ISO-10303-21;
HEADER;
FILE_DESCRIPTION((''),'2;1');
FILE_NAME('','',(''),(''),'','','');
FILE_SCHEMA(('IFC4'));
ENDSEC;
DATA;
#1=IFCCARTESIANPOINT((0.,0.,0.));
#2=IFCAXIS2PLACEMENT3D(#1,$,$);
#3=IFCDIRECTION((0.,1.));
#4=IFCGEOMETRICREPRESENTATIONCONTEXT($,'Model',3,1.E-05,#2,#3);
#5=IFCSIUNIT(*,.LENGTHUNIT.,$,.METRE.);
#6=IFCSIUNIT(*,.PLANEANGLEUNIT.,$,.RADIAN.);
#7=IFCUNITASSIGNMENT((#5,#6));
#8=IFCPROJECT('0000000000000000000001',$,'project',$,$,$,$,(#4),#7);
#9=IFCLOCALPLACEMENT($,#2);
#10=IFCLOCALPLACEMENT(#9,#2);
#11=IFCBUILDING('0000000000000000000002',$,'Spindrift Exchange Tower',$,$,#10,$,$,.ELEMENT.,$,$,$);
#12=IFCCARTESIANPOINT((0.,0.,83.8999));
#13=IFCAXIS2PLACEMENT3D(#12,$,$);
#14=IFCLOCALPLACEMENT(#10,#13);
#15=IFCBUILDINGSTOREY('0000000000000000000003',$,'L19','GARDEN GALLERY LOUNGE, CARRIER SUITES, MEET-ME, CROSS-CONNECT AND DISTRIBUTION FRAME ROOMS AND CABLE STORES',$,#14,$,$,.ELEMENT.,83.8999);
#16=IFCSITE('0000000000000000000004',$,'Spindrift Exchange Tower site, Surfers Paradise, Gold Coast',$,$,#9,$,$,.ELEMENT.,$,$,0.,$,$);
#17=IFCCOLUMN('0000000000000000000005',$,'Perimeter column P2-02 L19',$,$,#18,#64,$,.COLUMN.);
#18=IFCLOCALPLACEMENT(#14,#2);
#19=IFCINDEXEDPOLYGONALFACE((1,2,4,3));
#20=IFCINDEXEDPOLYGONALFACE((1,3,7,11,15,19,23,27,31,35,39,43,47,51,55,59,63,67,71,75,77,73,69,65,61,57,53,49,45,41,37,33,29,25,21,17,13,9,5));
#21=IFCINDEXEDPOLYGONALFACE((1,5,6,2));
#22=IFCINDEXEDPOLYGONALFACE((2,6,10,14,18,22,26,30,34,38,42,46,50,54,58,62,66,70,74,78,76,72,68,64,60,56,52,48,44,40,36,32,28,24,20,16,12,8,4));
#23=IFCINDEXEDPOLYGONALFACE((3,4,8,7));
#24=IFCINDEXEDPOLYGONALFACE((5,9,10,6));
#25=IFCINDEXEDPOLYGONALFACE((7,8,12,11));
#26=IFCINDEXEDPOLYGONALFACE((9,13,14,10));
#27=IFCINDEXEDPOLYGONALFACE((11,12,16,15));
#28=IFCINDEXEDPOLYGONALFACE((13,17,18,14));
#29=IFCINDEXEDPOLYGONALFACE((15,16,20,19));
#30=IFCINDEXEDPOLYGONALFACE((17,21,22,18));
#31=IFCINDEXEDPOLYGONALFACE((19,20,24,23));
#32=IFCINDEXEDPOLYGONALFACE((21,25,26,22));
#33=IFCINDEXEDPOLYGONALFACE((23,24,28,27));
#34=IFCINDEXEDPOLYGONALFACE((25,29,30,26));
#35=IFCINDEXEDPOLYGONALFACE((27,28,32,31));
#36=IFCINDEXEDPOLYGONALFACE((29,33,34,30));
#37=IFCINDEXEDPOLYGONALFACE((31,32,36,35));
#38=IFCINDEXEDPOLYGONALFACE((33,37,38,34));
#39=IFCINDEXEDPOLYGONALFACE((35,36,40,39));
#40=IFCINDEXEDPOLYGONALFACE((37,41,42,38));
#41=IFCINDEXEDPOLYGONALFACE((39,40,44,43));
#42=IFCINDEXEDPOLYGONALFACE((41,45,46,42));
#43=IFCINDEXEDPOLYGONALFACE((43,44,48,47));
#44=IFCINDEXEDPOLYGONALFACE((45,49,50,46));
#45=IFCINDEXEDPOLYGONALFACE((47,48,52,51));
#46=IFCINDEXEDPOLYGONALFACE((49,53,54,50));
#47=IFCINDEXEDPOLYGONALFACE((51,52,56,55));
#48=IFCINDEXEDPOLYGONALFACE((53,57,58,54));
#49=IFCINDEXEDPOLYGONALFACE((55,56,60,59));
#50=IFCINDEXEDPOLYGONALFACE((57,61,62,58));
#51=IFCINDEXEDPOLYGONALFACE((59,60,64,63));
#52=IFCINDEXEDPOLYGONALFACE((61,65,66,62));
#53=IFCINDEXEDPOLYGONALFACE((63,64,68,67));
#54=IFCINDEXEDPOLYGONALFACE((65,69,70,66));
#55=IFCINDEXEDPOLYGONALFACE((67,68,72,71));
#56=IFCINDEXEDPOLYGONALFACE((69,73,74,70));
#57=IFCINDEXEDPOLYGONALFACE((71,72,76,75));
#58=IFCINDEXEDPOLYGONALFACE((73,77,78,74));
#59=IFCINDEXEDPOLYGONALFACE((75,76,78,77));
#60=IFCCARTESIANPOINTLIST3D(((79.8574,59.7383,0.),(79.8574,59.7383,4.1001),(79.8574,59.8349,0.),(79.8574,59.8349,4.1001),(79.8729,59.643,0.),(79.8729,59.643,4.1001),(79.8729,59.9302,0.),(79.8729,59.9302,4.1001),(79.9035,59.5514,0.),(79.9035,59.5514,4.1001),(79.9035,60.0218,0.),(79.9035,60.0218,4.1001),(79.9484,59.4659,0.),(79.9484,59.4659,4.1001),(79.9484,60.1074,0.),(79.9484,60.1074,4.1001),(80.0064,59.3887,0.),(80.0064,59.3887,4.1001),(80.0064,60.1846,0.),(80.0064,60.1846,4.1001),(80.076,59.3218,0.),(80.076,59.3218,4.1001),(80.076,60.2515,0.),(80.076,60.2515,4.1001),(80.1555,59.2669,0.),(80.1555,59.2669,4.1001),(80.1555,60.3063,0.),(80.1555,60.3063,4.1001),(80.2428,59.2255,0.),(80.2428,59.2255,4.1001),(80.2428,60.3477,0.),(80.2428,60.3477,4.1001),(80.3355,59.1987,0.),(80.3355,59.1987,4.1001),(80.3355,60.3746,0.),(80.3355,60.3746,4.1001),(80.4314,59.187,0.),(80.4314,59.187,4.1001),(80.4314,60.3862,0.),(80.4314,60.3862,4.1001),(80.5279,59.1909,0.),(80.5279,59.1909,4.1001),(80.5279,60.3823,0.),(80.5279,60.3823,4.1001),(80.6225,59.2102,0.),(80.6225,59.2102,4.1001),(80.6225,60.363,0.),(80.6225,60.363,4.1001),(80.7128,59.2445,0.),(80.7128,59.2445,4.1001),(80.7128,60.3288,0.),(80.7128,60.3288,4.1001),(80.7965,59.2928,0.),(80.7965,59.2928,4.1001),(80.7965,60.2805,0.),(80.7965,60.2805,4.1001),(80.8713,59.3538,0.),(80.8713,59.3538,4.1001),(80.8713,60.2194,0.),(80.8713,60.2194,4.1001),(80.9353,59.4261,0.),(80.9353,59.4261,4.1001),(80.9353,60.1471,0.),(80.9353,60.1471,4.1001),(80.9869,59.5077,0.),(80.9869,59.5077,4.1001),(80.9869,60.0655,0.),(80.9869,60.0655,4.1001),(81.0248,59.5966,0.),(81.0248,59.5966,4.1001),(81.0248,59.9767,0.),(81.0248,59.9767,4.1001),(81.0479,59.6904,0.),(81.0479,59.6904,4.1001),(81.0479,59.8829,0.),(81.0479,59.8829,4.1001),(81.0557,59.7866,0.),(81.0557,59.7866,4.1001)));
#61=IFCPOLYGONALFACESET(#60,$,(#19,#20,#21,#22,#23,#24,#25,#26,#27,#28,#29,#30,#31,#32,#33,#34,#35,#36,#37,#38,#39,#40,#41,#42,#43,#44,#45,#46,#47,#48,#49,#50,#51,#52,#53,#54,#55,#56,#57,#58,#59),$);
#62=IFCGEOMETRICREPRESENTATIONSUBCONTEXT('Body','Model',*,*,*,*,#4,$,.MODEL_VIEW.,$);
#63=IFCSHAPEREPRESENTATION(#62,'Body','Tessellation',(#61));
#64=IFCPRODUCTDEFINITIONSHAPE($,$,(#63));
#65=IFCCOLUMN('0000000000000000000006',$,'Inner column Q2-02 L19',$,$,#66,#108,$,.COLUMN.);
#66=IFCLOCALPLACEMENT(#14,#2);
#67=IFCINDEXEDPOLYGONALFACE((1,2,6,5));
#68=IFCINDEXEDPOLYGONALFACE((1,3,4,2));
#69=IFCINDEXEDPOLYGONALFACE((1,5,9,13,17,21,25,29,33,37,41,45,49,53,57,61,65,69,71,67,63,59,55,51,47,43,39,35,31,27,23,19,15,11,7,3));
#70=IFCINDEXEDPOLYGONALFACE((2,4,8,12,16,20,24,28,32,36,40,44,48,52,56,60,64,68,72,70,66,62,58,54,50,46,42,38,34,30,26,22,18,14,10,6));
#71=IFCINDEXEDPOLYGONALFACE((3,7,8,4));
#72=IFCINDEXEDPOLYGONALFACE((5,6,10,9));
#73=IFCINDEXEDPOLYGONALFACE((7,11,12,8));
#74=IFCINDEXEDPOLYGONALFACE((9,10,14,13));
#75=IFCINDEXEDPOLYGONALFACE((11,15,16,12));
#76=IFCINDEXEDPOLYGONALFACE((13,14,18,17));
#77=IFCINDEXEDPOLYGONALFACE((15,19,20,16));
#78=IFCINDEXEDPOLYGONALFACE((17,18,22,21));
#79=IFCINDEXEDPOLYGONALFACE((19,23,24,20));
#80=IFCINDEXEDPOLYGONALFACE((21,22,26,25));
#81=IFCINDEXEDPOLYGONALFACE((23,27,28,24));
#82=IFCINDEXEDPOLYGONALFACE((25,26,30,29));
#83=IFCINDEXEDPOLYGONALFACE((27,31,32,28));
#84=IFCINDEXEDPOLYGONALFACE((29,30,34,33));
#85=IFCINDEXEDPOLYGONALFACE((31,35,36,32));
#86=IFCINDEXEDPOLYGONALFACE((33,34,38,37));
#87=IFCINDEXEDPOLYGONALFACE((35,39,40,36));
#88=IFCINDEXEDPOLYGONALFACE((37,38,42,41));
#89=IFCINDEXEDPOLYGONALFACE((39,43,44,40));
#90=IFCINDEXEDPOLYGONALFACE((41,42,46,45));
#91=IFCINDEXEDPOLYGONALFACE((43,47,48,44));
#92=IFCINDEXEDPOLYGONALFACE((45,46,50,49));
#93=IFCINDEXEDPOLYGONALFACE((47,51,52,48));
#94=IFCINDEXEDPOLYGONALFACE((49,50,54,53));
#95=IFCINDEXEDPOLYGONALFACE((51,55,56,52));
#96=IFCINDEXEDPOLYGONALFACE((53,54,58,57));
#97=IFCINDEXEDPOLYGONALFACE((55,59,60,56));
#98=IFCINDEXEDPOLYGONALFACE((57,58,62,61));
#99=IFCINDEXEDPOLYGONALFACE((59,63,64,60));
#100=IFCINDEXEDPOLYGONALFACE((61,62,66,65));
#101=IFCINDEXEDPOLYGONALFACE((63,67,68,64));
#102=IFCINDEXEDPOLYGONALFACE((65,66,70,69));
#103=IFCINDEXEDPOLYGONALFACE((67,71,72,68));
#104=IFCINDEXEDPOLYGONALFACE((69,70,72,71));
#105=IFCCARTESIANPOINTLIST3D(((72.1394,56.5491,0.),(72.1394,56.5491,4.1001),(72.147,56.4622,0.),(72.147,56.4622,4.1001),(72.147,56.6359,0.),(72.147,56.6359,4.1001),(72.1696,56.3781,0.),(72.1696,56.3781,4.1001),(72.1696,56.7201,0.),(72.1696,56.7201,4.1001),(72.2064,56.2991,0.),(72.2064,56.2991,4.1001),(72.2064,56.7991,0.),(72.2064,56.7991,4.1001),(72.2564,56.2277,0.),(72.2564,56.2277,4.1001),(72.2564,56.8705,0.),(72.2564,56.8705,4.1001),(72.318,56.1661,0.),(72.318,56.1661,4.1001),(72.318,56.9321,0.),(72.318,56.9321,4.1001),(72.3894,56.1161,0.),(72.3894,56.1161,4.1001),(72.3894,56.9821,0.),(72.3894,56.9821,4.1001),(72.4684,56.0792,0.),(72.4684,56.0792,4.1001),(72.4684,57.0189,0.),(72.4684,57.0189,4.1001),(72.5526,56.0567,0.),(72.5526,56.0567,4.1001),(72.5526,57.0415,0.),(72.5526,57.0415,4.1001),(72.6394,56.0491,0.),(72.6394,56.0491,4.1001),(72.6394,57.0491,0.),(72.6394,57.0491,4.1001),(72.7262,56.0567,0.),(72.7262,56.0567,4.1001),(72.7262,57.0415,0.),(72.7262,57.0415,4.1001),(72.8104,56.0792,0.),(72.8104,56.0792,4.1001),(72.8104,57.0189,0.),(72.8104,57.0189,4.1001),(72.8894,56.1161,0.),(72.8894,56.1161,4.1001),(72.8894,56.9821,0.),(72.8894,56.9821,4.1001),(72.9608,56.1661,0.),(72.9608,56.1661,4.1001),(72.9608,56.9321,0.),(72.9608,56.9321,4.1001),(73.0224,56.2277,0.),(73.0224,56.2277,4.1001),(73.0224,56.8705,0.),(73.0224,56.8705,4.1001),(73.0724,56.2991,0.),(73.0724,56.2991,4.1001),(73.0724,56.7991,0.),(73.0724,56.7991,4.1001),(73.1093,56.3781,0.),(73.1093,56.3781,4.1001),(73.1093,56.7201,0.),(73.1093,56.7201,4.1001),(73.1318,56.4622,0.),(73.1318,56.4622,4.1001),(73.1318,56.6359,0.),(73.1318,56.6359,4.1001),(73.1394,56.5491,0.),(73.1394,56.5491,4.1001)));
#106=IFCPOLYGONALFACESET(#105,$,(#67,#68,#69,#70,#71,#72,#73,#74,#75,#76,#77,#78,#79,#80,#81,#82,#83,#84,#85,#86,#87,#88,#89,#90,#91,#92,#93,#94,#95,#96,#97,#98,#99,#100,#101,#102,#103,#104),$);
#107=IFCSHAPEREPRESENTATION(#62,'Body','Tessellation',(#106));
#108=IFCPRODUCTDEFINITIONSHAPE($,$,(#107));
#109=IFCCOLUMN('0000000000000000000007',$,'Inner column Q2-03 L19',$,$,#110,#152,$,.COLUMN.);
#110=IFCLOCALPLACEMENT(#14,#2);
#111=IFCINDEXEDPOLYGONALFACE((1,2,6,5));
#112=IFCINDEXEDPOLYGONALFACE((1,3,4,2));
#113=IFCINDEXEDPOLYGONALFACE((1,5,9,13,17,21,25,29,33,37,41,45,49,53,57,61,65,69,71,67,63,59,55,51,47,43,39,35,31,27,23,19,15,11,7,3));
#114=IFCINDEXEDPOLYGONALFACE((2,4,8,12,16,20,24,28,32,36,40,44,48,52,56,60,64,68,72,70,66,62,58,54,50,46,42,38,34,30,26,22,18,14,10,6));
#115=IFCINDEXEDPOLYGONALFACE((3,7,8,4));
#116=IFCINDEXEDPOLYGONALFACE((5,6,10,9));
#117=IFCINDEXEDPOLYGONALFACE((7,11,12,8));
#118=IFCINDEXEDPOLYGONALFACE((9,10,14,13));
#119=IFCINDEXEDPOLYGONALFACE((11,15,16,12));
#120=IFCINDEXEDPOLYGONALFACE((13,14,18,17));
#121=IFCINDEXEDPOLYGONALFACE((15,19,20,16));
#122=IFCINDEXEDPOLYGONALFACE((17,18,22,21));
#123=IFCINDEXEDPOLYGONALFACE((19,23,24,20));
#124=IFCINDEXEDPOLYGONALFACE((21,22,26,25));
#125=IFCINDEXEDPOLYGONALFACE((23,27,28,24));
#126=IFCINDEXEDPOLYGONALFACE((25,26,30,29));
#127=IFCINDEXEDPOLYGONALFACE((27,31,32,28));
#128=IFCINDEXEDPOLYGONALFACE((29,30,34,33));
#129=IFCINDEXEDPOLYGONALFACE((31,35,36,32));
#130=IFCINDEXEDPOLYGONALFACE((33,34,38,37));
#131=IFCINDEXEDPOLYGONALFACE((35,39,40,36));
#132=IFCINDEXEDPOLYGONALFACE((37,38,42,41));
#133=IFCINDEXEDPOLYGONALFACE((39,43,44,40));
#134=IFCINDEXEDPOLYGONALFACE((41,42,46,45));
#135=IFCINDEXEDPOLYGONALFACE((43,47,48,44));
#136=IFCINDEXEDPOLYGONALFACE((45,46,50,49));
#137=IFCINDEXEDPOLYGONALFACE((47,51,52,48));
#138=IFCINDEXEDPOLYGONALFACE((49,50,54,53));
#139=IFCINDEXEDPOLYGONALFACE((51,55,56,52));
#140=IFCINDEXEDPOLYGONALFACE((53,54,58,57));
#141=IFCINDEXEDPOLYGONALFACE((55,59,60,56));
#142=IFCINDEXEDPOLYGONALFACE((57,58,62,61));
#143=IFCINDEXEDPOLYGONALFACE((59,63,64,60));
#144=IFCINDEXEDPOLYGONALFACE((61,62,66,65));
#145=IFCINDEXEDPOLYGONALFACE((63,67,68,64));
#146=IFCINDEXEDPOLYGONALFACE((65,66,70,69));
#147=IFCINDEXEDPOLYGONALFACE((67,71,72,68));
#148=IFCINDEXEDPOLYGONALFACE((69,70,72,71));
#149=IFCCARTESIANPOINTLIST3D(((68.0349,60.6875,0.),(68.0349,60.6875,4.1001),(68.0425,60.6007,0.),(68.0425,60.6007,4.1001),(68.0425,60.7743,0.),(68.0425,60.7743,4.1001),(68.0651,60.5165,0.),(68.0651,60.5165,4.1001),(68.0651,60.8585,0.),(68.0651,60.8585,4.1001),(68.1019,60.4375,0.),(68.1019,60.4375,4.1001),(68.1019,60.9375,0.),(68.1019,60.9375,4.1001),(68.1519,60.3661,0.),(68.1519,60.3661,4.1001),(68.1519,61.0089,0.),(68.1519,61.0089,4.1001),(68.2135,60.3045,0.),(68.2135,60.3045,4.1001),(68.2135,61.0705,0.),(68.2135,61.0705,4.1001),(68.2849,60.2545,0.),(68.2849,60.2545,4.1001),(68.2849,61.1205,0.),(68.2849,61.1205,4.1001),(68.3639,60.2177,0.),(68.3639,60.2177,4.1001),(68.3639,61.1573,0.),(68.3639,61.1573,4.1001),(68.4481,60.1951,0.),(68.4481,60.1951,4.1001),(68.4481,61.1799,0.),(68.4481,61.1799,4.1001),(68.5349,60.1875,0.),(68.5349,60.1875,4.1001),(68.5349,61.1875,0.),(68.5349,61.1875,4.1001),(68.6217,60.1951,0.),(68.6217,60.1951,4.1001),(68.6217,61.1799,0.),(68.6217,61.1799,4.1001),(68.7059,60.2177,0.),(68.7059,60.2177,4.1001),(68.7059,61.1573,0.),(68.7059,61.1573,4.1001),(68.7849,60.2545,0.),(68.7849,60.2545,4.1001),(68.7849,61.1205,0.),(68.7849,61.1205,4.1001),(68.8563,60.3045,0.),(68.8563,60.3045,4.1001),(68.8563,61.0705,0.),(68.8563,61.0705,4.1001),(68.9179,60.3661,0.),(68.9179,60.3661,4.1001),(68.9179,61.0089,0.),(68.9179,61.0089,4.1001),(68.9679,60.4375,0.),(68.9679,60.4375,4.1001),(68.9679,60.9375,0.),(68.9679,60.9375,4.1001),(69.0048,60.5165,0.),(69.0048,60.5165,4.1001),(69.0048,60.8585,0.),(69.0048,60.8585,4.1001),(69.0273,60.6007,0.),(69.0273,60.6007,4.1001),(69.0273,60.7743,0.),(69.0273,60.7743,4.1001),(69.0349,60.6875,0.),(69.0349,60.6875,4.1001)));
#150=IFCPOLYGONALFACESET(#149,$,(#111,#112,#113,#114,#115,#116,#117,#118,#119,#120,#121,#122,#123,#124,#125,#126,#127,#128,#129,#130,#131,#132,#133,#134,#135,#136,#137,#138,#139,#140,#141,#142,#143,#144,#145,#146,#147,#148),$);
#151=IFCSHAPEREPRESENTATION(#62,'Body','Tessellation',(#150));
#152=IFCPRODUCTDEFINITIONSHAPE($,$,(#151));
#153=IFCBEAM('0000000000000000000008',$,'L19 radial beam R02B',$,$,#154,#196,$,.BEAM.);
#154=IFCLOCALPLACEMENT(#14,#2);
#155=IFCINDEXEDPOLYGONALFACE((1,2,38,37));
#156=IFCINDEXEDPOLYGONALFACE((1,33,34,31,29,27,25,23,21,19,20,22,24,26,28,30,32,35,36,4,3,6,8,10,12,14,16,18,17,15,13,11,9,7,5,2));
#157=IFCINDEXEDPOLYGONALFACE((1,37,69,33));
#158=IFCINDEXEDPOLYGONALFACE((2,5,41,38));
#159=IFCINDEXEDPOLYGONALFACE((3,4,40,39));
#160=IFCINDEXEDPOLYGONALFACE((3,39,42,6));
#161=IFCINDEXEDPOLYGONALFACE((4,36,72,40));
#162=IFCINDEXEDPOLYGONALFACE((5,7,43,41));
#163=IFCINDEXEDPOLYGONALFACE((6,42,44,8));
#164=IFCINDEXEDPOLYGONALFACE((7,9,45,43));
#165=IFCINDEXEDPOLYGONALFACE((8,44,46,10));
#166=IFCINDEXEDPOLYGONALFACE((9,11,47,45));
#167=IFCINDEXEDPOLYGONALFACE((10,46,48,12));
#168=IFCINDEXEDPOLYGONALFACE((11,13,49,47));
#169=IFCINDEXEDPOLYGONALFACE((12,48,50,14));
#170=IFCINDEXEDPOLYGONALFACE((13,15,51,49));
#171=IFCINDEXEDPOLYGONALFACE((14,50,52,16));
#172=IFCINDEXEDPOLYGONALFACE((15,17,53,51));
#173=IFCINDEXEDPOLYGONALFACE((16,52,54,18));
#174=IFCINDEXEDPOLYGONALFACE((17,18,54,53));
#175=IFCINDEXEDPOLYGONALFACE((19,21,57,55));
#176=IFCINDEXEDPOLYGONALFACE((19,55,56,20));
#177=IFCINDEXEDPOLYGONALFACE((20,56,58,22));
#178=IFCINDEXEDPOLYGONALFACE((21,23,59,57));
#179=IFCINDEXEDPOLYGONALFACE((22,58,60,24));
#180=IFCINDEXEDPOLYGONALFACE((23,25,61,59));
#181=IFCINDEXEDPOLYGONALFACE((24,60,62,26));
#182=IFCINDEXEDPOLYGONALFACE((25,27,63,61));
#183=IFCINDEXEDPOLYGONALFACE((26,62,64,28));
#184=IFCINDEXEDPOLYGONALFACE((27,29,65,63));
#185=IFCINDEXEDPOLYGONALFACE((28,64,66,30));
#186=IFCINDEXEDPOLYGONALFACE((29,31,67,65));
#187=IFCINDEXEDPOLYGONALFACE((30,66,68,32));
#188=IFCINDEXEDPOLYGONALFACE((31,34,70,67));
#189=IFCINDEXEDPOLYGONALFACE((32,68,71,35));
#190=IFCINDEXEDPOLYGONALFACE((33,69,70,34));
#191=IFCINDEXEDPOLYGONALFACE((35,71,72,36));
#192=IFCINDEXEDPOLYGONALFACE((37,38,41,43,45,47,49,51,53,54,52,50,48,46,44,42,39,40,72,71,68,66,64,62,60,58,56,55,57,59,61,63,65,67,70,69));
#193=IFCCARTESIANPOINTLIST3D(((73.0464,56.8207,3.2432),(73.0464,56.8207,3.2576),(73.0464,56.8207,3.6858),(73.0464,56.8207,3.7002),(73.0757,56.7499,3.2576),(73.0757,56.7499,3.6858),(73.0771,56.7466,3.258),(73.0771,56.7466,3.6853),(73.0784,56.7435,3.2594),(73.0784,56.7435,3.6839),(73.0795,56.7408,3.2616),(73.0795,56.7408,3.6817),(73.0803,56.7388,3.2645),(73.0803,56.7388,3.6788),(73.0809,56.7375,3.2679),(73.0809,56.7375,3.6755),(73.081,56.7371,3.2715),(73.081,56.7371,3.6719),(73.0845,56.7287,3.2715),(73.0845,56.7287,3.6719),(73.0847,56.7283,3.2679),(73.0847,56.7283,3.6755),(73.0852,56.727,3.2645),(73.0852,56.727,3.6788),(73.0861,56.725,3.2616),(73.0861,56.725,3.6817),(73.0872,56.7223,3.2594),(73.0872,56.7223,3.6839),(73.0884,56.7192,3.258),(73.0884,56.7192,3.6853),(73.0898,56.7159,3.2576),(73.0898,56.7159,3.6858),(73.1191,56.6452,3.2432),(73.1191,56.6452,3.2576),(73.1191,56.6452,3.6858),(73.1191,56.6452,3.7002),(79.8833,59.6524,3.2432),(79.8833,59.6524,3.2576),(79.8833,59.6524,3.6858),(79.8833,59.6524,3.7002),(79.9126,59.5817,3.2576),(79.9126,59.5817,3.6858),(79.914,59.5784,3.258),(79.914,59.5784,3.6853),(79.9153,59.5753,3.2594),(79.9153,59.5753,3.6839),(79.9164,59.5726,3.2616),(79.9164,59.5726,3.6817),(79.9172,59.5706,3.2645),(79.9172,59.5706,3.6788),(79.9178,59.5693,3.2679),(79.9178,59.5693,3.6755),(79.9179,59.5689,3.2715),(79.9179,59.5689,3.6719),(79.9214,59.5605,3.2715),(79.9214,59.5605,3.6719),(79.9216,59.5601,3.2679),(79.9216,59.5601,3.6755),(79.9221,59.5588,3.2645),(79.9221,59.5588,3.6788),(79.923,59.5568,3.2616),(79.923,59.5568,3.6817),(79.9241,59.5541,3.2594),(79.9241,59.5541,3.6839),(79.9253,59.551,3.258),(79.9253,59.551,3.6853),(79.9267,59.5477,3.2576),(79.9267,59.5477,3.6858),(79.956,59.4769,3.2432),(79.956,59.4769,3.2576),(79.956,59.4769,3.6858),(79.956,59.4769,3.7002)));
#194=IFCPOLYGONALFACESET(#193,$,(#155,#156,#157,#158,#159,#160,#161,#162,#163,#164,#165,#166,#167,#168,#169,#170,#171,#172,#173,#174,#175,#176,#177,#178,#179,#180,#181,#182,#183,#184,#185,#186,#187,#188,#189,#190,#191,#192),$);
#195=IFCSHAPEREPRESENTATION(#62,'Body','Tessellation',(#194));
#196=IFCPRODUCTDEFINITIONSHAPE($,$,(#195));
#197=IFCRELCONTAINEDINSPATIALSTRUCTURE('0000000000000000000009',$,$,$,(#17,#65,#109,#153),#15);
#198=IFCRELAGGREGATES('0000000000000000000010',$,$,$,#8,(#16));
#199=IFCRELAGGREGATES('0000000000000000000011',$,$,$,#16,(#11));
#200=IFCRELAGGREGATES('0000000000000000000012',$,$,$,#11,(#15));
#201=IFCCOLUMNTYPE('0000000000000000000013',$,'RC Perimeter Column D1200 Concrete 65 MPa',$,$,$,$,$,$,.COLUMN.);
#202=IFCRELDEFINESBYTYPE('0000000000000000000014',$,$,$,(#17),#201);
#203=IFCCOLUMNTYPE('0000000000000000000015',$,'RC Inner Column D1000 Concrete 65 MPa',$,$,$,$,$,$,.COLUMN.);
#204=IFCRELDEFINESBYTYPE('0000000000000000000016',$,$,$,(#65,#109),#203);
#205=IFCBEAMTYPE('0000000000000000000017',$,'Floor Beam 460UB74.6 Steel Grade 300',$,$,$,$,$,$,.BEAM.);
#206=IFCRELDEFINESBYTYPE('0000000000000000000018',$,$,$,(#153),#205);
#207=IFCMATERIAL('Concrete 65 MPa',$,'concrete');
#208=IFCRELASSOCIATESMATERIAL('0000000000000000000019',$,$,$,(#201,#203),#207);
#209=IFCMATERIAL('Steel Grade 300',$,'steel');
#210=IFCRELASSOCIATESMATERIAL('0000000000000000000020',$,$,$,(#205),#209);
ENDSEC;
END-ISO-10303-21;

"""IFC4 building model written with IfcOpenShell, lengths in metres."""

from ifc_helpers import new_model, si_unit, direction, frame, origin, origin_2d, place, context, subcontext, project, spatial, circle, i_section, extrude, source, transform, mapped, material, material_profile, profile_set, type_object, element, save


model = new_model("IFC4")

# Units and contexts
model_context = context("Model", 3, precision=1e-05, world=origin(), true_north=direction((0.0, 1.0)))
body_context = subcontext(model_context, "Body", "Model", "MODEL_VIEW")
ifc_project = project(units=[si_unit("LENGTHUNIT", "METRE"), si_unit("PLANEANGLEUNIT", "RADIAN")], contexts=[model_context])

# Site, building, storey
site_placement = place(None, origin())
site = spatial("IfcSite", under=ifc_project, at=site_placement, Name="Spindrift Exchange Tower site, Surfers Paradise, Gold Coast", CompositionType="ELEMENT", RefElevation=0.0)
building_placement = place(site_placement, origin())
building = spatial("IfcBuilding", under=site, at=building_placement, Name="Spindrift Exchange Tower", CompositionType="ELEMENT")
storey_placement = place(building_placement, frame((0.0, 0.0, 83.8999)))
storey = spatial("IfcBuildingStorey", under=building, at=storey_placement, Name="L19", Description="GARDEN GALLERY LOUNGE, CARRIER SUITES, MEET-ME, CROSS-CONNECT AND DISTRIBUTION FRAME ROOMS AND CABLE STORES", CompositionType="ELEMENT", Elevation=83.8999)

# Columns
ifc_material_1 = material(Name="Concrete 65 MPa", Category="concrete")
ifc_material_profile_1 = material_profile(ifc_material_1, circle(Radius=0.6001, at=origin_2d()), Name="RC D1200")
ifc_profile_set_1 = profile_set([ifc_material_profile_1], Name="Concrete 65 MPa")
column_type_1 = type_object("IfcColumnType", Name="RC Perimeter Column D1200 Concrete 65 MPa", PredefinedType="COLUMN", material=ifc_profile_set_1)
shared_shape_1 = source(origin(), body_context, "Body", "SweptSolid", [
    extrude(circle(Radius=0.6001, at=origin_2d()), origin(), (0.0, 0.0, 1.0), 4.1001),
])
column_placement = place(storey_placement, frame((80.4556, 59.7866, 0.0), z_axis=(0.0, 0.0, 1.0), x_axis=(1.0, 0.0, 0.0)))
element("IfcColumn", 1, at=column_placement, inside=storey, type_object=column_type_1, Name="Perimeter column P2-02 L19", PredefinedType="COLUMN", context=body_context, shape_type="MappedRepresentation", body=[
    mapped(shared_shape_1, transform((0.0, 0.0, 0.0), scale=1.0)),
])
ifc_material_profile_2 = material_profile(ifc_material_1, circle(Radius=0.5, at=origin_2d()), Name="RC D1000")
ifc_profile_set_2 = profile_set([ifc_material_profile_2], Name="Concrete 65 MPa")
column_type_2 = type_object("IfcColumnType", Name="RC Inner Column D1000 Concrete 65 MPa", PredefinedType="COLUMN", material=ifc_profile_set_2)
shared_shape_2 = source(origin(), body_context, "Body", "SweptSolid", [
    extrude(circle(Radius=0.5, at=origin_2d()), origin(), (0.0, 0.0, 1.0), 4.1001),
])
for number, where, z_axis, x_axis, name in (
    (2, (72.6394, 56.5491, 0.0), (0.0, 0.0, 1.0), (1.0, 0.0, 0.0), "Inner column Q2-02 L19"),
    (3, (68.5349, 60.6875, 0.0), (0.0, 0.0, 1.0), (1.0, 0.0, 0.0), "Inner column Q2-03 L19"),
):
    element("IfcColumn", number, at=place(storey_placement, frame(where, z_axis=z_axis, x_axis=x_axis)), inside=storey, type_object=column_type_2, Name=name, PredefinedType="COLUMN", context=body_context, shape_type="MappedRepresentation", body=[
        mapped(shared_shape_2, transform((0.0, 0.0, 0.0), scale=1.0)),
    ])

# Beam
ifc_material_2 = material(Name="Steel Grade 300", Category="steel")
ifc_material_profile_3 = material_profile(ifc_material_2, i_section(OverallWidth=0.1899, OverallDepth=0.457, WebThickness=0.009, FlangeThickness=0.0144, FilletRadius=0.0139, at=origin_2d()), Name="460UB74.6")
ifc_profile_set_3 = profile_set([ifc_material_profile_3], Name="Steel Grade 300")
beam_type_1 = type_object("IfcBeamType", Name="Floor Beam 460UB74.6 Steel Grade 300", PredefinedType="BEAM", material=ifc_profile_set_3)
shared_shape_3 = source(origin(), body_context, "Body", "SweptSolid", [
    extrude(i_section(OverallWidth=0.1899, OverallDepth=0.457, WebThickness=0.009, FlangeThickness=0.0144, FilletRadius=0.0139, at=origin_2d()), origin(), (0.0, 0.0, 1.0), 7.4001),
])
beam_1_placement = place(storey_placement, frame((73.0828, 56.7329, 3.4717), z_axis=(0.923887, 0.382666, 0.0), x_axis=(-0.382666, 0.923887, 0.0)))
element("IfcBeam", 4, at=beam_1_placement, inside=storey, type_object=beam_type_1, Name="L19 radial beam R02B", PredefinedType="BEAM", context=body_context, shape_type="MappedRepresentation", body=[
    mapped(shared_shape_3, transform((0.0, 0.0, 0.0), scale=1.0)),
])

save(model, "model.ifc")
